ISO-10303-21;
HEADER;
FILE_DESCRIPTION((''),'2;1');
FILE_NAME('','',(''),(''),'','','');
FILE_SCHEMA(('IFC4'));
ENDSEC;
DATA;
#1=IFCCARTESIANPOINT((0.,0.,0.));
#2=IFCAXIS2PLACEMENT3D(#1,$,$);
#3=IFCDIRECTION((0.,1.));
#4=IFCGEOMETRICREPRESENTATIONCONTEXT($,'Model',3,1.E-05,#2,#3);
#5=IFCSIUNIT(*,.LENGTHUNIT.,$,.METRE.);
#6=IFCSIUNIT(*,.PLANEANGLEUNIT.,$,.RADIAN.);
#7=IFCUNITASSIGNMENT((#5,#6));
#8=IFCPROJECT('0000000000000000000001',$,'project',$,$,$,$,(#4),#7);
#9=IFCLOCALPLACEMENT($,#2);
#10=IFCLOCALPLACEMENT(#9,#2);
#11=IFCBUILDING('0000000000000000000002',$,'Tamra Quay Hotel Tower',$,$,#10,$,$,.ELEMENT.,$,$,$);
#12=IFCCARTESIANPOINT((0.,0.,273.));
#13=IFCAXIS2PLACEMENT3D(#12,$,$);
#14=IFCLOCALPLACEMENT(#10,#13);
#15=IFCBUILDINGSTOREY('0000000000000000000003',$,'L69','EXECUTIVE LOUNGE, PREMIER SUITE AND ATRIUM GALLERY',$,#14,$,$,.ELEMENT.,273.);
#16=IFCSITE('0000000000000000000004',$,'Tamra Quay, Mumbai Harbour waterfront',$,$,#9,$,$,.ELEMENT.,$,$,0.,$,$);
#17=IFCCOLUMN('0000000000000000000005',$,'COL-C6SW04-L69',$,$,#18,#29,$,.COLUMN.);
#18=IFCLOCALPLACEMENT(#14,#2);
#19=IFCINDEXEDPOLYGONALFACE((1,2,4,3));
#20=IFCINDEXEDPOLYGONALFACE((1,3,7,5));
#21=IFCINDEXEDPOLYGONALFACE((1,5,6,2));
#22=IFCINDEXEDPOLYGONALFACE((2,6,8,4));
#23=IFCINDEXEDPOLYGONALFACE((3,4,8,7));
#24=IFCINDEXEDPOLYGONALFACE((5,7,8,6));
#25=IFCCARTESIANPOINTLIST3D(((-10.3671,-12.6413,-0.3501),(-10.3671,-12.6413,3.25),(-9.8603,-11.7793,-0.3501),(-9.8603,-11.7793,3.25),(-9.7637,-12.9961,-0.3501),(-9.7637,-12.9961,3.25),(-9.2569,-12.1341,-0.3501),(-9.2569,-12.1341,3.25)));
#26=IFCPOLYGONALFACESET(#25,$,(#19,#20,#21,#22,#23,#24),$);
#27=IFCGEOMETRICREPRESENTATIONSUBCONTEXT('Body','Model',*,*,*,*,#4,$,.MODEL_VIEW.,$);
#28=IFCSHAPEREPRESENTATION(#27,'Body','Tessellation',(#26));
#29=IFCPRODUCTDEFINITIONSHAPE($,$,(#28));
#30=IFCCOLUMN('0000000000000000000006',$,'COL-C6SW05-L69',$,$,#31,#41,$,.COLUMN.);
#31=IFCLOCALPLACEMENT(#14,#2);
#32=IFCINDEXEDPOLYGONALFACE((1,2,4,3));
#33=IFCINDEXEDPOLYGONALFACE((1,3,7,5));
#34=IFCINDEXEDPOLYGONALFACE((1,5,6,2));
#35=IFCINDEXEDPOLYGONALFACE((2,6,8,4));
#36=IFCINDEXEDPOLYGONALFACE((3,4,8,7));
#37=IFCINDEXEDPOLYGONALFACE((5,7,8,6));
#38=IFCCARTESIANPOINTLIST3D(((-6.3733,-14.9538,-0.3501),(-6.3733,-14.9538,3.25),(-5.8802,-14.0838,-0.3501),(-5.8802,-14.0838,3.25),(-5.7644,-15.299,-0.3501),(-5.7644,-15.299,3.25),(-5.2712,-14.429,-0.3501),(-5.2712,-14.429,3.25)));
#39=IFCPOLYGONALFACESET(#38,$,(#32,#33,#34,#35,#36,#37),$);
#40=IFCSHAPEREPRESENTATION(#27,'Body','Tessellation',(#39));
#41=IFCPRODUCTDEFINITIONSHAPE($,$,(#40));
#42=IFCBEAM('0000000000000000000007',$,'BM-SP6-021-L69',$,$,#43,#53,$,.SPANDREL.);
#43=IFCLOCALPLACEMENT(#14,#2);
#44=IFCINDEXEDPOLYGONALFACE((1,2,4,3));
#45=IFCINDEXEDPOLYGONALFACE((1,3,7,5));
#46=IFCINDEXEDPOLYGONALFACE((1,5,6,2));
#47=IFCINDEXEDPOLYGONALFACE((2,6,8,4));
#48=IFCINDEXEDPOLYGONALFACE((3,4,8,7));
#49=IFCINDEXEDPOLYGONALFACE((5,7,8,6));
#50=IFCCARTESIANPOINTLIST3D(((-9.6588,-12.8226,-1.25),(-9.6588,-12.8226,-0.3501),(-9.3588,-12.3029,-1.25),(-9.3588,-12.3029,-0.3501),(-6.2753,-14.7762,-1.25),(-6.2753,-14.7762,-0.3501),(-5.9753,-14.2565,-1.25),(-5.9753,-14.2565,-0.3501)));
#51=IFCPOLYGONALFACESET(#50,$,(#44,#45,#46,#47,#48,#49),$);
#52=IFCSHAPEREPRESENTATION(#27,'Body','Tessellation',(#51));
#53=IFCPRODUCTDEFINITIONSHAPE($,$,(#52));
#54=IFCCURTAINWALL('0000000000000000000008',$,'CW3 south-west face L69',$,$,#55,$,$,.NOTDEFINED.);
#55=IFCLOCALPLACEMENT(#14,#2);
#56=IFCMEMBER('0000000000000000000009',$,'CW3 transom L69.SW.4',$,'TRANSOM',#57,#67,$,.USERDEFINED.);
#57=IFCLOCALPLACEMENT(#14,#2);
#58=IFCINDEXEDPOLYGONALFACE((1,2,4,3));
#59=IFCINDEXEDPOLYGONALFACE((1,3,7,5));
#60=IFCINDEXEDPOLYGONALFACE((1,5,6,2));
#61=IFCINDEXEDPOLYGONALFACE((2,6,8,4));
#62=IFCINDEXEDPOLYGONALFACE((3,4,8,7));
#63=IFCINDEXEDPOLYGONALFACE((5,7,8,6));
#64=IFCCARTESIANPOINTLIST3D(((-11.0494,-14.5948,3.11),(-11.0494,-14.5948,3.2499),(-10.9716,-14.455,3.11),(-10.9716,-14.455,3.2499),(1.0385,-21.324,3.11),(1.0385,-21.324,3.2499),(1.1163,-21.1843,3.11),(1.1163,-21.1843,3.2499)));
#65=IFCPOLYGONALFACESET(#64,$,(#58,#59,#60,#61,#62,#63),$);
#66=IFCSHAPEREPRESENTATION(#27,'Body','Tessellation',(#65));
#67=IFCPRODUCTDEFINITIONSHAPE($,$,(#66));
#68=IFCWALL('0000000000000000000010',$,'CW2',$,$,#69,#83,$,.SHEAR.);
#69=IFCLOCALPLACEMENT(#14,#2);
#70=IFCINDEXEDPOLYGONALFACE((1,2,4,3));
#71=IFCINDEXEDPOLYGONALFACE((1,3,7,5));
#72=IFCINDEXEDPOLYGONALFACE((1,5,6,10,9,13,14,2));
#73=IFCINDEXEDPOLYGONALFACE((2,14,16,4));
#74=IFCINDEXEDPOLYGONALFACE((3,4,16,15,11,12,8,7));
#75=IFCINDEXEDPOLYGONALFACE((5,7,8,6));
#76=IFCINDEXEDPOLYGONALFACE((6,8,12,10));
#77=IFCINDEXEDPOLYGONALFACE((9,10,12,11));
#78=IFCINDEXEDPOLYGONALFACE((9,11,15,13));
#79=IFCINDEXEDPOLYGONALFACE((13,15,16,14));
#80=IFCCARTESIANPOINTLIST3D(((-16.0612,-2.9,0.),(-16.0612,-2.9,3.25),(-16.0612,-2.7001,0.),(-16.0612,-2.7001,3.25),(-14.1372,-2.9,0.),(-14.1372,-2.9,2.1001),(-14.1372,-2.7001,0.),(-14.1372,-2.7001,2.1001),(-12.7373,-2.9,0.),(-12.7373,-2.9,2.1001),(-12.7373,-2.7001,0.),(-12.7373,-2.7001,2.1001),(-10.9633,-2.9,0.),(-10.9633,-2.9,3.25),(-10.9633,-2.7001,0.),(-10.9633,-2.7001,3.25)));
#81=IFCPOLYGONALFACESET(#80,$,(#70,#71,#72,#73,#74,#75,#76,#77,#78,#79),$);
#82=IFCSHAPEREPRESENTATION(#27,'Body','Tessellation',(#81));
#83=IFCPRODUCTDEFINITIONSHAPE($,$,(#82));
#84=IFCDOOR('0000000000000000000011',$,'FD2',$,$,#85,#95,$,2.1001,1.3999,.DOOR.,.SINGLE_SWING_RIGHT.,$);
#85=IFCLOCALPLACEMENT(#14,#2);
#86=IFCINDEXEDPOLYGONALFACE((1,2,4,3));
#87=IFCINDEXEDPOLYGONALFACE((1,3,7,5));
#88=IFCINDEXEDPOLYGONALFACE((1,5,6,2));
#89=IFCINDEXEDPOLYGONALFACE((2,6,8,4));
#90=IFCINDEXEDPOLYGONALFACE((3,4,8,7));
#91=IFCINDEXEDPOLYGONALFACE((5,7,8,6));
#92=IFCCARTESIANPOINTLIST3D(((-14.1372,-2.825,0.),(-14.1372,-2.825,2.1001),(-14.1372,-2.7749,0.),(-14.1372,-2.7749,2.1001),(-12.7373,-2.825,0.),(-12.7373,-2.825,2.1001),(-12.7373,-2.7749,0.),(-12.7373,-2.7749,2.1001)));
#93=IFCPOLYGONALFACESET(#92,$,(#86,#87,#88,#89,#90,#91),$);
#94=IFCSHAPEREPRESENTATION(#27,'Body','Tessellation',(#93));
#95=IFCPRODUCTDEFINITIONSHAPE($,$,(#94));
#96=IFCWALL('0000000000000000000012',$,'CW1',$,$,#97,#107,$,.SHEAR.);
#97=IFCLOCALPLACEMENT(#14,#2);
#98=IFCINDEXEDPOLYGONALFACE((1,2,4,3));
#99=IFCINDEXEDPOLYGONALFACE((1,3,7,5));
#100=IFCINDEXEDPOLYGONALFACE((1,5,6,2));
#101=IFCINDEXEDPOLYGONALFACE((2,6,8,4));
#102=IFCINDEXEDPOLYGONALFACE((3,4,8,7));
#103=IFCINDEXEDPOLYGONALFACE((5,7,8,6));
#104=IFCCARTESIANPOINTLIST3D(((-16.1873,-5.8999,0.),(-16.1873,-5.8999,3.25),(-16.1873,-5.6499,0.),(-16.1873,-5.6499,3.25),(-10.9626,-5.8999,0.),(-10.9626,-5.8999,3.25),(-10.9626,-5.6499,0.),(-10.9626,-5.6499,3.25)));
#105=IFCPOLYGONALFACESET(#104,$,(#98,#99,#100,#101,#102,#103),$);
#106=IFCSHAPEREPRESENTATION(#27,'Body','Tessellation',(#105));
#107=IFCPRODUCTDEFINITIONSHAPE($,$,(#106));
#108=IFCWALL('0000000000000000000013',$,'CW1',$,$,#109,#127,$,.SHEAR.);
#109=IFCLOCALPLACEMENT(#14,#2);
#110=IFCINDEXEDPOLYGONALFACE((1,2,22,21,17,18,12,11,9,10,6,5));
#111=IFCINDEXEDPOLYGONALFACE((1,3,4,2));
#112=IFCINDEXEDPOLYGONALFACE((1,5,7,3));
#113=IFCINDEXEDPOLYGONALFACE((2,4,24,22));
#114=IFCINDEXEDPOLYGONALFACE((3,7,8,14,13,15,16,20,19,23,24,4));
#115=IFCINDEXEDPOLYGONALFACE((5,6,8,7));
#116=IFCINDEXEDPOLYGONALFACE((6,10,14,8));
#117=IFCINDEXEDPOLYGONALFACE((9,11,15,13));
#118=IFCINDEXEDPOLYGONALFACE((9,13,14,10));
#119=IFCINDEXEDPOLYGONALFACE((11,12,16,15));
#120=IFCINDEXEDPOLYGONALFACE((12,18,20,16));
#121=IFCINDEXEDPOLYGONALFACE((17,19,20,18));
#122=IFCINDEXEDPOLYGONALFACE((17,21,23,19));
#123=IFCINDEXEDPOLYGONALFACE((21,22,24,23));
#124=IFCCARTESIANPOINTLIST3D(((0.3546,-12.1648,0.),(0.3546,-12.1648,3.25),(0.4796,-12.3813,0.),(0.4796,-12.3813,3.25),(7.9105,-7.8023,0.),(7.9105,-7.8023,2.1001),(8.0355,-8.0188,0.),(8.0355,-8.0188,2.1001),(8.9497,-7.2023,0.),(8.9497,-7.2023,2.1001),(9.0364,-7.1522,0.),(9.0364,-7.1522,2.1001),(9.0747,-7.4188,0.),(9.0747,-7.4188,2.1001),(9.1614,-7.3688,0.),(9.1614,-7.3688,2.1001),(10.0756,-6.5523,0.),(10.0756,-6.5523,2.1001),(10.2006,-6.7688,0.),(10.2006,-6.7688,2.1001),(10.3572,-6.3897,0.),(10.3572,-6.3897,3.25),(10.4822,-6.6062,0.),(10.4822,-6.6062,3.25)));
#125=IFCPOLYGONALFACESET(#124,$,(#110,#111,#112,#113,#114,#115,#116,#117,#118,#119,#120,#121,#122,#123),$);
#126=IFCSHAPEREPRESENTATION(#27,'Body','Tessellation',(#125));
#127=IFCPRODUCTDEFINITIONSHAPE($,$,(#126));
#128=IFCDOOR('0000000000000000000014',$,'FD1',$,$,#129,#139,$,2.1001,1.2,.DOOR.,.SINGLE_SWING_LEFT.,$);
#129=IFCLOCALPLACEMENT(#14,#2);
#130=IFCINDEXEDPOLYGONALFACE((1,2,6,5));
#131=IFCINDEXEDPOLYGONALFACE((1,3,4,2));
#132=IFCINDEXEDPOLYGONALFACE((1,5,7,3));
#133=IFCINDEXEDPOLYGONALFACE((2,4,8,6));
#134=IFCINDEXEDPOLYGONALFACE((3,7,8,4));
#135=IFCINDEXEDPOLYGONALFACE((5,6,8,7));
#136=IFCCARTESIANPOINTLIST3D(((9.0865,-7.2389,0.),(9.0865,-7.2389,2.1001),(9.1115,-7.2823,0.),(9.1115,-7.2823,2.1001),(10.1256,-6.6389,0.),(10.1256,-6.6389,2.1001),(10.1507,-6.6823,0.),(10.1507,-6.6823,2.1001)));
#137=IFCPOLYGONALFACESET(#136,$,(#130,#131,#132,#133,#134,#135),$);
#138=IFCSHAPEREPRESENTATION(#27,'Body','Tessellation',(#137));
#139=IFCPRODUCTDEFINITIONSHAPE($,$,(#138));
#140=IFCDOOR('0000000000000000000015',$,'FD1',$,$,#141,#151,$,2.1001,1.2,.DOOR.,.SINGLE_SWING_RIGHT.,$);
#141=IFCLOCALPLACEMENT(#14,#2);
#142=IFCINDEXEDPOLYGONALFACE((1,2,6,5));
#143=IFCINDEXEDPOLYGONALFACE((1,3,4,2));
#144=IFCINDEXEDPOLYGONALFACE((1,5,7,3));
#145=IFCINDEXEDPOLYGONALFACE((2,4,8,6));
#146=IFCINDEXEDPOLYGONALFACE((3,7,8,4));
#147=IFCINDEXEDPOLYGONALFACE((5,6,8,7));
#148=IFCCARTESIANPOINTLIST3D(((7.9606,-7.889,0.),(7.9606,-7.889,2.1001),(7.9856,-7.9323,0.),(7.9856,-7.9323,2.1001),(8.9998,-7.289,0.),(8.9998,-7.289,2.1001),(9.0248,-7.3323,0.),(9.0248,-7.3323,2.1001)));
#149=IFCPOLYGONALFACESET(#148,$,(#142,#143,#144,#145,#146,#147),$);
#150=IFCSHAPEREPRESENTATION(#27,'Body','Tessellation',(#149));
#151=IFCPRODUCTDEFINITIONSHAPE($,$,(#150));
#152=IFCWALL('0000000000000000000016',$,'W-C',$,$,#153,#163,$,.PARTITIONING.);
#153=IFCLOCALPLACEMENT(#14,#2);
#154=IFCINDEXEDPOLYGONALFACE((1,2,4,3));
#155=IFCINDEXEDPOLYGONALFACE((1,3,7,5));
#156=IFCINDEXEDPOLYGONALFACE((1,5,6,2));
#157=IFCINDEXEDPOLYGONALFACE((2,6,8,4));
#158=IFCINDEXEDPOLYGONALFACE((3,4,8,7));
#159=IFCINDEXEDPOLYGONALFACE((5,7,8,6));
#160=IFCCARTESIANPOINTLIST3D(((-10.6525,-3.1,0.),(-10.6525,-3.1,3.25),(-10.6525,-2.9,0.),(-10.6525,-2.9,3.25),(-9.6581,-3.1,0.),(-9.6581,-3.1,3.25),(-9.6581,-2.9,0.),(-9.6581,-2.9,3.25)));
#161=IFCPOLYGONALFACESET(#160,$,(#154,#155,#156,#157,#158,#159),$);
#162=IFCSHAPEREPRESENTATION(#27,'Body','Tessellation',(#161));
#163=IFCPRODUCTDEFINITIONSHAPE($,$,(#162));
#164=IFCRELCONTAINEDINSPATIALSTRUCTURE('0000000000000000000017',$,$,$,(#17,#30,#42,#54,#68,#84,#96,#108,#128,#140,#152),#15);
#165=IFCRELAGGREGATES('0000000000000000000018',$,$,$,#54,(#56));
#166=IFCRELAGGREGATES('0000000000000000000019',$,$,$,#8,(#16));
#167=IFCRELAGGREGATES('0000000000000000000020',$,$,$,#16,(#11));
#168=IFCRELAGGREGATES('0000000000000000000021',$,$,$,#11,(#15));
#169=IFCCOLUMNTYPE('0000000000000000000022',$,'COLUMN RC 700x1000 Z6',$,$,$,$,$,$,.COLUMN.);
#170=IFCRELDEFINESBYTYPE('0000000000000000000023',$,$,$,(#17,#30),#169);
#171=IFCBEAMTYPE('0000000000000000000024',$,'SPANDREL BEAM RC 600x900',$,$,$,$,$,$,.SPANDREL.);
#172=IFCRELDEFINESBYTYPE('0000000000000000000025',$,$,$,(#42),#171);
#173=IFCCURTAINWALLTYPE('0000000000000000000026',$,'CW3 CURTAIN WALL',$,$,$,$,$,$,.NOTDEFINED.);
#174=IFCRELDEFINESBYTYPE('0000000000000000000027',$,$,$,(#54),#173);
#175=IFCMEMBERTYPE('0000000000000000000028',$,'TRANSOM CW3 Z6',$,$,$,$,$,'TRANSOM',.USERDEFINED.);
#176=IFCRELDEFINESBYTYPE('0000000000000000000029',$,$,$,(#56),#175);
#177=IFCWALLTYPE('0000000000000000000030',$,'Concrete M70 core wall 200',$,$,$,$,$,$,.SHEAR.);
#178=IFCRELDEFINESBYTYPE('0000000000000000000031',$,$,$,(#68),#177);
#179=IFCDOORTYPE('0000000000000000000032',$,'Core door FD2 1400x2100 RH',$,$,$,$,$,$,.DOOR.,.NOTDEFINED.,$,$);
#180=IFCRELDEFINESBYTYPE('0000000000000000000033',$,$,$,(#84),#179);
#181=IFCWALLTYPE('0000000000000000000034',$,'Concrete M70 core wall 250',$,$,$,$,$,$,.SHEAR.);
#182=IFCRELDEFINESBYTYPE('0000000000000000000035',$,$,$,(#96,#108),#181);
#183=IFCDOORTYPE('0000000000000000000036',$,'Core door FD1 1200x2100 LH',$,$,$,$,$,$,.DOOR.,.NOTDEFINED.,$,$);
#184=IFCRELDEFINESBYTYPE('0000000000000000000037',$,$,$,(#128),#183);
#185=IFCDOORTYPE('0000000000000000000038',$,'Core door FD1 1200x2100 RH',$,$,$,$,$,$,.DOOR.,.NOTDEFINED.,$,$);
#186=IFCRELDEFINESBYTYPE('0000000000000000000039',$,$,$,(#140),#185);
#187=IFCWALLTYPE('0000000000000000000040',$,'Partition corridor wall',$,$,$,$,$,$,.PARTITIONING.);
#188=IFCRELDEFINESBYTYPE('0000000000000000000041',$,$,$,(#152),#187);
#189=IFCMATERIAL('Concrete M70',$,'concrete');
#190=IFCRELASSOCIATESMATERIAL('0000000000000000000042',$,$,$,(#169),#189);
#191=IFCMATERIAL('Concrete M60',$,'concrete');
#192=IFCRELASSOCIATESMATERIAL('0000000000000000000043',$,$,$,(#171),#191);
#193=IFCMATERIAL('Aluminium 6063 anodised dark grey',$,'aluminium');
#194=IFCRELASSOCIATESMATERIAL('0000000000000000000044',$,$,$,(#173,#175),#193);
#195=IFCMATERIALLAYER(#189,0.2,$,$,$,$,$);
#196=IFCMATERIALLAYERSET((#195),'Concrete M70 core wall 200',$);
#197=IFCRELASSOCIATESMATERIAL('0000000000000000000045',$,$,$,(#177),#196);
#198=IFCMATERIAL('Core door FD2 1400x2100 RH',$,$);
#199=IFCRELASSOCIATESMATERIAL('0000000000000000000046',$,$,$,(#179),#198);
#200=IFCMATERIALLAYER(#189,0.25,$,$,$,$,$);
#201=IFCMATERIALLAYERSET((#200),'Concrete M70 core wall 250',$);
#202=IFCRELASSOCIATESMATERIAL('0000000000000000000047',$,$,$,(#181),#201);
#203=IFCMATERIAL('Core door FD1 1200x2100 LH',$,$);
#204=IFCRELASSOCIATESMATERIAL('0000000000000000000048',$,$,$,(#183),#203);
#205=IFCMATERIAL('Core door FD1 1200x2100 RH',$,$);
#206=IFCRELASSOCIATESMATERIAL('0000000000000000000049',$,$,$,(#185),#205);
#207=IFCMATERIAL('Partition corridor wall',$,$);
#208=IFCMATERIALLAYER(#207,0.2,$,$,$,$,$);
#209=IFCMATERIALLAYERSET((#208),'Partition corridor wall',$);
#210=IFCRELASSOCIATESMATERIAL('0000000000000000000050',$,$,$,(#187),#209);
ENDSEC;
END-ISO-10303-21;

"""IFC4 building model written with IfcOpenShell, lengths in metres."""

from ifc_helpers import new_model, si_unit, direction, frame, frame_2d, origin, origin_2d, place, context, subcontext, project, spatial, rectangle, extrude, material, layer, layer_set, material_profile, profile_set, type_object, element, fill, aggregate, save


model = new_model("IFC4")

# Units and contexts
model_context = context("Model", 3, precision=1e-05, world=origin(), true_north=direction((0.0, 1.0)))
body_context = subcontext(model_context, "Body", "Model", "MODEL_VIEW")
ifc_project = project(units=[si_unit("LENGTHUNIT", "METRE"), si_unit("PLANEANGLEUNIT", "RADIAN")], contexts=[model_context])

# Site, building, storey
site_placement = place(None, origin())
site = spatial("IfcSite", under=ifc_project, at=site_placement, Name="Tamra Quay, Mumbai Harbour waterfront", CompositionType="ELEMENT", RefElevation=0.0)
building_placement = place(site_placement, origin())
building = spatial("IfcBuilding", under=site, at=building_placement, Name="Tamra Quay Hotel Tower", CompositionType="ELEMENT")
storey_placement = place(building_placement, frame((0.0, 0.0, 273.0)))
storey = spatial("IfcBuildingStorey", under=building, at=storey_placement, Name="L69", Description="EXECUTIVE LOUNGE, PREMIER SUITE AND ATRIUM GALLERY", CompositionType="ELEMENT", Elevation=273.0)

# Columns
ifc_material_1 = material(Name="Concrete M70", Category="concrete")
ifc_material_profile_1 = material_profile(ifc_material_1, rectangle(XDim=1.0, YDim=0.7, at=origin_2d()), Name="COLUMN RC 700x1000 Z6")
ifc_profile_set_1 = profile_set([ifc_material_profile_1], Name="Concrete M70")
column_type = type_object("IfcColumnType", Name="COLUMN RC 700x1000 Z6", PredefinedType="COLUMN", material=ifc_profile_set_1)
for number, where, z_axis, x_axis, name in (
    (1, (-9.812, -12.3877, -0.3501), (0.0, 0.0, 1.0), (0.506843, 0.862038, 0.0), "COL-C6SW04-L69"),
    (2, (-5.8223, -14.6914, -0.3501), (0.0, 0.0, 1.0), (0.493125, 0.869958, 0.0), "COL-C6SW05-L69"),
):
    element("IfcColumn", number, at=place(storey_placement, frame(where, z_axis=z_axis, x_axis=x_axis)), inside=storey, type_object=column_type, Name=name, PredefinedType="COLUMN", context=body_context, shape_type="SweptSolid", body=[
        extrude(rectangle(XDim=1.0, YDim=0.7, at=origin_2d()), origin(), (0.0, 0.0, 1.0), 3.6001),
    ])

# Beam
ifc_material_2 = material(Name="Concrete M60", Category="concrete")
ifc_material_profile_2 = material_profile(ifc_material_2, rectangle(XDim=0.6001, YDim=0.8999, at=origin_2d()), Name="SPANDREL BEAM RC 600x900")
ifc_profile_set_2 = profile_set([ifc_material_profile_2], Name="Concrete M60")
beam_type = type_object("IfcBeamType", Name="SPANDREL BEAM RC 600x900", PredefinedType="SPANDREL", material=ifc_profile_set_2)
beam_placement = place(storey_placement, frame((-9.5088, -12.5627, -0.8), z_axis=(0.866012, -0.500024, 0.0), x_axis=(0.500024, 0.866012, 0.0)))
element("IfcBeam", 3, at=beam_placement, inside=storey, type_object=beam_type, Name="BM-SP6-021-L69", PredefinedType="SPANDREL", context=body_context, shape_type="SweptSolid", body=[
    extrude(rectangle(XDim=0.6001, YDim=0.8999, at=origin_2d()), origin(), (0.0, 0.0, 1.0), 3.907),
])

# Curtain wall, member
ifc_material_3 = material(Name="Aluminium 6063 anodised dark grey", Category="aluminium")
curtain_wall_type = type_object("IfcCurtainWallType", Name="CW3 CURTAIN WALL", PredefinedType="NOTDEFINED", material=ifc_material_3)
curtain_wall_placement = place(storey_placement, origin())
curtain_wall = element("IfcCurtainWall", 4, at=curtain_wall_placement, inside=storey, type_object=curtain_wall_type, Name="CW3 south-west face L69", PredefinedType="NOTDEFINED")
ifc_material_profile_3 = material_profile(ifc_material_3, rectangle(XDim=0.1599, YDim=0.1399, at=origin_2d()), Name="TRANSOM 160X140")
ifc_profile_set_3 = profile_set([ifc_material_profile_3], Name="Aluminium 6063 anodised dark grey")
member_type = type_object("IfcMemberType", Name="TRANSOM CW3 Z6", ElementType="TRANSOM", PredefinedType="USERDEFINED", material=ifc_profile_set_3)
member_placement = place(storey_placement, frame((-11.0105, -14.5249, 3.1799), z_axis=(0.873735, -0.486402, 0.0), x_axis=(0.486402, 0.873735, 0.0)))
member = element("IfcMember", 5, at=member_placement, type_object=member_type, Name="CW3 transom L69.SW.4", ObjectType="TRANSOM", PredefinedType="USERDEFINED", context=body_context, shape_type="SweptSolid", body=[
    extrude(rectangle(XDim=0.1599, YDim=0.1399, at=origin_2d()), origin(), (0.0, 0.0, 1.0), 13.8347),
])
aggregate(curtain_wall, [member])

# Wall, opening, door
ifc_layer_1 = layer(ifc_material_1, 0.2)
ifc_layer_set_1 = layer_set([ifc_layer_1], Name="Concrete M70 core wall 200")
wall_type_1 = type_object("IfcWallType", Name="Concrete M70 core wall 200", PredefinedType="SHEAR", material=ifc_layer_set_1)
wall_1_placement = place(storey_placement, frame((-10.9634, -2.8, 0.0), z_axis=(0.0, 0.0, 1.0), x_axis=(-1.0, 0.0, 0.0)))
wall_1 = element("IfcWall", 6, at=wall_1_placement, inside=storey, type_object=wall_type_1, Name="CW2", PredefinedType="SHEAR", context=body_context, shape_type="SweptSolid", body=[
    extrude(rectangle(XDim=5.0979, YDim=0.2, at=frame_2d((2.5488, 0.0))), origin(), (0.0, 0.0, 1.0), 3.25),
])
opening_1_placement = place(wall_1_placement, frame((1.7739, 0.0, 0.0)))
opening_1 = element("IfcOpeningElement", 7, at=opening_1_placement, cuts=wall_1, PredefinedType="OPENING", context=body_context, shape_type="SweptSolid", body=[
    extrude(rectangle(XDim=1.3999, YDim=2.1001, at=frame_2d((0.7, 1.05))), frame((0.0, 0.1099, 0.0), z_axis=(0.0, -1.0, 0.0), x_axis=(1.0, 0.0, 0.0)), (0.0, 0.0, 1.0), 0.22),
])
ifc_material_4 = material(Name="Core door FD2 1400x2100 RH")
door_type_1 = type_object("IfcDoorType", Name="Core door FD2 1400x2100 RH", OperationType="NOTDEFINED", PredefinedType="DOOR", material=ifc_material_4)
door_1_placement = place(opening_1_placement, origin())
door_1 = element("IfcDoor", 8, at=door_1_placement, inside=storey, type_object=door_type_1, Name="FD2", OperationType="SINGLE_SWING_RIGHT", OverallHeight=2.1001, OverallWidth=1.3999, PredefinedType="DOOR", context=body_context, shape_type="SweptSolid", body=[
    extrude(rectangle(XDim=1.3999, YDim=2.1001, at=frame_2d((0.7, 1.05))), frame((0.0, 0.0249, 0.0), z_axis=(0.0, -1.0, 0.0), x_axis=(1.0, 0.0, 0.0)), (0.0, 0.0, 1.0), 0.05),
])
fill(opening_1, door_1)

# Wall
ifc_layer_2 = layer(ifc_material_1, 0.25)
ifc_layer_set_2 = layer_set([ifc_layer_2], Name="Concrete M70 core wall 250")
wall_type_2 = type_object("IfcWallType", Name="Concrete M70 core wall 250", PredefinedType="SHEAR", material=ifc_layer_set_2)
wall_2_placement = place(storey_placement, frame((-10.9626, -5.7749, 0.0), z_axis=(0.0, 0.0, 1.0), x_axis=(-1.0, 0.0, 0.0)))
element("IfcWall", 9, at=wall_2_placement, inside=storey, type_object=wall_type_2, Name="CW1", PredefinedType="SHEAR", context=body_context, shape_type="SweptSolid", body=[
    extrude(rectangle(XDim=5.2246, YDim=0.25, at=frame_2d((2.6123, 0.0))), origin(), (0.0, 0.0, 1.0), 3.25),
])

# Wall, openings, doors
wall_3_placement = place(storey_placement, frame((0.4172, -12.2729, 0.0), z_axis=(0.0, 0.0, 1.0), x_axis=(0.866022, 0.500006, 0.0)))
wall_3 = element("IfcWall", 10, at=wall_3_placement, inside=storey, type_object=wall_type_2, Name="CW1", PredefinedType="SHEAR", context=body_context, shape_type="SweptSolid", body=[
    extrude(rectangle(XDim=11.55, YDim=0.25, at=frame_2d((5.7749, 0.0))), origin(), (0.0, 0.0, 1.0), 3.25),
])
opening_2_placement = place(wall_3_placement, frame((10.0247, 0.0, 0.0)))
opening_2 = element("IfcOpeningElement", 11, at=opening_2_placement, cuts=wall_3, PredefinedType="OPENING", context=body_context, shape_type="SweptSolid", body=[
    extrude(rectangle(XDim=1.2, YDim=2.1001, at=frame_2d((0.6001, 1.05))), frame((0.0, 0.135, 0.0), z_axis=(0.0, -1.0, 0.0), x_axis=(1.0, 0.0, 0.0)), (0.0, 0.0, 1.0), 0.27),
])
opening_3_placement = place(wall_3_placement, frame((8.7246, 0.0, 0.0)))
opening_3 = element("IfcOpeningElement", 12, at=opening_3_placement, cuts=wall_3, PredefinedType="OPENING", context=body_context, shape_type="SweptSolid", body=[
    extrude(rectangle(XDim=1.2, YDim=2.1001, at=frame_2d((0.6001, 1.05))), frame((0.0, 0.135, 0.0), z_axis=(0.0, -1.0, 0.0), x_axis=(1.0, 0.0, 0.0)), (0.0, 0.0, 1.0), 0.27),
])
ifc_material_5 = material(Name="Core door FD1 1200x2100 LH")
door_type_2 = type_object("IfcDoorType", Name="Core door FD1 1200x2100 LH", OperationType="NOTDEFINED", PredefinedType="DOOR", material=ifc_material_5)
door_2_placement = place(opening_2_placement, origin())
door_2 = element("IfcDoor", 13, at=door_2_placement, inside=storey, type_object=door_type_2, Name="FD1", OperationType="SINGLE_SWING_LEFT", OverallHeight=2.1001, OverallWidth=1.2, PredefinedType="DOOR", context=body_context, shape_type="SweptSolid", body=[
    extrude(rectangle(XDim=1.2, YDim=2.1001, at=frame_2d((0.6001, 1.05))), frame((0.0, 0.0249, 0.0), z_axis=(0.0, -1.0, 0.0), x_axis=(1.0, 0.0, 0.0)), (0.0, 0.0, 1.0), 0.05),
])
fill(opening_2, door_2)
ifc_material_6 = material(Name="Core door FD1 1200x2100 RH")
door_type_3 = type_object("IfcDoorType", Name="Core door FD1 1200x2100 RH", OperationType="NOTDEFINED", PredefinedType="DOOR", material=ifc_material_6)
door_3_placement = place(opening_3_placement, origin())
door_3 = element("IfcDoor", 14, at=door_3_placement, inside=storey, type_object=door_type_3, Name="FD1", OperationType="SINGLE_SWING_RIGHT", OverallHeight=2.1001, OverallWidth=1.2, PredefinedType="DOOR", context=body_context, shape_type="SweptSolid", body=[
    extrude(rectangle(XDim=1.2, YDim=2.1001, at=frame_2d((0.6001, 1.05))), frame((0.0, 0.0249, 0.0), z_axis=(0.0, -1.0, 0.0), x_axis=(1.0, 0.0, 0.0)), (0.0, 0.0, 1.0), 0.05),
])
fill(opening_3, door_3)

# Wall
ifc_material_7 = material(Name="Partition corridor wall")
ifc_layer_3 = layer(ifc_material_7, 0.2)
ifc_layer_set_3 = layer_set([ifc_layer_3], Name="Partition corridor wall")
wall_type_3 = type_object("IfcWallType", Name="Partition corridor wall", PredefinedType="PARTITIONING", material=ifc_layer_set_3)
wall_4_placement = place(storey_placement, frame((-10.6523, -3.0, 0.0), z_axis=(0.0, 0.0, 1.0), x_axis=(1.0, 0.0, 0.0)))
element("IfcWall", 15, at=wall_4_placement, inside=storey, type_object=wall_type_3, Name="W-C", PredefinedType="PARTITIONING", context=body_context, shape_type="SweptSolid", body=[
    extrude(rectangle(XDim=0.9944, YDim=0.2, at=frame_2d((0.4971, 0.0))), origin(), (0.0, 0.0, 1.0), 3.25),
])

save(model, "model.ifc")
